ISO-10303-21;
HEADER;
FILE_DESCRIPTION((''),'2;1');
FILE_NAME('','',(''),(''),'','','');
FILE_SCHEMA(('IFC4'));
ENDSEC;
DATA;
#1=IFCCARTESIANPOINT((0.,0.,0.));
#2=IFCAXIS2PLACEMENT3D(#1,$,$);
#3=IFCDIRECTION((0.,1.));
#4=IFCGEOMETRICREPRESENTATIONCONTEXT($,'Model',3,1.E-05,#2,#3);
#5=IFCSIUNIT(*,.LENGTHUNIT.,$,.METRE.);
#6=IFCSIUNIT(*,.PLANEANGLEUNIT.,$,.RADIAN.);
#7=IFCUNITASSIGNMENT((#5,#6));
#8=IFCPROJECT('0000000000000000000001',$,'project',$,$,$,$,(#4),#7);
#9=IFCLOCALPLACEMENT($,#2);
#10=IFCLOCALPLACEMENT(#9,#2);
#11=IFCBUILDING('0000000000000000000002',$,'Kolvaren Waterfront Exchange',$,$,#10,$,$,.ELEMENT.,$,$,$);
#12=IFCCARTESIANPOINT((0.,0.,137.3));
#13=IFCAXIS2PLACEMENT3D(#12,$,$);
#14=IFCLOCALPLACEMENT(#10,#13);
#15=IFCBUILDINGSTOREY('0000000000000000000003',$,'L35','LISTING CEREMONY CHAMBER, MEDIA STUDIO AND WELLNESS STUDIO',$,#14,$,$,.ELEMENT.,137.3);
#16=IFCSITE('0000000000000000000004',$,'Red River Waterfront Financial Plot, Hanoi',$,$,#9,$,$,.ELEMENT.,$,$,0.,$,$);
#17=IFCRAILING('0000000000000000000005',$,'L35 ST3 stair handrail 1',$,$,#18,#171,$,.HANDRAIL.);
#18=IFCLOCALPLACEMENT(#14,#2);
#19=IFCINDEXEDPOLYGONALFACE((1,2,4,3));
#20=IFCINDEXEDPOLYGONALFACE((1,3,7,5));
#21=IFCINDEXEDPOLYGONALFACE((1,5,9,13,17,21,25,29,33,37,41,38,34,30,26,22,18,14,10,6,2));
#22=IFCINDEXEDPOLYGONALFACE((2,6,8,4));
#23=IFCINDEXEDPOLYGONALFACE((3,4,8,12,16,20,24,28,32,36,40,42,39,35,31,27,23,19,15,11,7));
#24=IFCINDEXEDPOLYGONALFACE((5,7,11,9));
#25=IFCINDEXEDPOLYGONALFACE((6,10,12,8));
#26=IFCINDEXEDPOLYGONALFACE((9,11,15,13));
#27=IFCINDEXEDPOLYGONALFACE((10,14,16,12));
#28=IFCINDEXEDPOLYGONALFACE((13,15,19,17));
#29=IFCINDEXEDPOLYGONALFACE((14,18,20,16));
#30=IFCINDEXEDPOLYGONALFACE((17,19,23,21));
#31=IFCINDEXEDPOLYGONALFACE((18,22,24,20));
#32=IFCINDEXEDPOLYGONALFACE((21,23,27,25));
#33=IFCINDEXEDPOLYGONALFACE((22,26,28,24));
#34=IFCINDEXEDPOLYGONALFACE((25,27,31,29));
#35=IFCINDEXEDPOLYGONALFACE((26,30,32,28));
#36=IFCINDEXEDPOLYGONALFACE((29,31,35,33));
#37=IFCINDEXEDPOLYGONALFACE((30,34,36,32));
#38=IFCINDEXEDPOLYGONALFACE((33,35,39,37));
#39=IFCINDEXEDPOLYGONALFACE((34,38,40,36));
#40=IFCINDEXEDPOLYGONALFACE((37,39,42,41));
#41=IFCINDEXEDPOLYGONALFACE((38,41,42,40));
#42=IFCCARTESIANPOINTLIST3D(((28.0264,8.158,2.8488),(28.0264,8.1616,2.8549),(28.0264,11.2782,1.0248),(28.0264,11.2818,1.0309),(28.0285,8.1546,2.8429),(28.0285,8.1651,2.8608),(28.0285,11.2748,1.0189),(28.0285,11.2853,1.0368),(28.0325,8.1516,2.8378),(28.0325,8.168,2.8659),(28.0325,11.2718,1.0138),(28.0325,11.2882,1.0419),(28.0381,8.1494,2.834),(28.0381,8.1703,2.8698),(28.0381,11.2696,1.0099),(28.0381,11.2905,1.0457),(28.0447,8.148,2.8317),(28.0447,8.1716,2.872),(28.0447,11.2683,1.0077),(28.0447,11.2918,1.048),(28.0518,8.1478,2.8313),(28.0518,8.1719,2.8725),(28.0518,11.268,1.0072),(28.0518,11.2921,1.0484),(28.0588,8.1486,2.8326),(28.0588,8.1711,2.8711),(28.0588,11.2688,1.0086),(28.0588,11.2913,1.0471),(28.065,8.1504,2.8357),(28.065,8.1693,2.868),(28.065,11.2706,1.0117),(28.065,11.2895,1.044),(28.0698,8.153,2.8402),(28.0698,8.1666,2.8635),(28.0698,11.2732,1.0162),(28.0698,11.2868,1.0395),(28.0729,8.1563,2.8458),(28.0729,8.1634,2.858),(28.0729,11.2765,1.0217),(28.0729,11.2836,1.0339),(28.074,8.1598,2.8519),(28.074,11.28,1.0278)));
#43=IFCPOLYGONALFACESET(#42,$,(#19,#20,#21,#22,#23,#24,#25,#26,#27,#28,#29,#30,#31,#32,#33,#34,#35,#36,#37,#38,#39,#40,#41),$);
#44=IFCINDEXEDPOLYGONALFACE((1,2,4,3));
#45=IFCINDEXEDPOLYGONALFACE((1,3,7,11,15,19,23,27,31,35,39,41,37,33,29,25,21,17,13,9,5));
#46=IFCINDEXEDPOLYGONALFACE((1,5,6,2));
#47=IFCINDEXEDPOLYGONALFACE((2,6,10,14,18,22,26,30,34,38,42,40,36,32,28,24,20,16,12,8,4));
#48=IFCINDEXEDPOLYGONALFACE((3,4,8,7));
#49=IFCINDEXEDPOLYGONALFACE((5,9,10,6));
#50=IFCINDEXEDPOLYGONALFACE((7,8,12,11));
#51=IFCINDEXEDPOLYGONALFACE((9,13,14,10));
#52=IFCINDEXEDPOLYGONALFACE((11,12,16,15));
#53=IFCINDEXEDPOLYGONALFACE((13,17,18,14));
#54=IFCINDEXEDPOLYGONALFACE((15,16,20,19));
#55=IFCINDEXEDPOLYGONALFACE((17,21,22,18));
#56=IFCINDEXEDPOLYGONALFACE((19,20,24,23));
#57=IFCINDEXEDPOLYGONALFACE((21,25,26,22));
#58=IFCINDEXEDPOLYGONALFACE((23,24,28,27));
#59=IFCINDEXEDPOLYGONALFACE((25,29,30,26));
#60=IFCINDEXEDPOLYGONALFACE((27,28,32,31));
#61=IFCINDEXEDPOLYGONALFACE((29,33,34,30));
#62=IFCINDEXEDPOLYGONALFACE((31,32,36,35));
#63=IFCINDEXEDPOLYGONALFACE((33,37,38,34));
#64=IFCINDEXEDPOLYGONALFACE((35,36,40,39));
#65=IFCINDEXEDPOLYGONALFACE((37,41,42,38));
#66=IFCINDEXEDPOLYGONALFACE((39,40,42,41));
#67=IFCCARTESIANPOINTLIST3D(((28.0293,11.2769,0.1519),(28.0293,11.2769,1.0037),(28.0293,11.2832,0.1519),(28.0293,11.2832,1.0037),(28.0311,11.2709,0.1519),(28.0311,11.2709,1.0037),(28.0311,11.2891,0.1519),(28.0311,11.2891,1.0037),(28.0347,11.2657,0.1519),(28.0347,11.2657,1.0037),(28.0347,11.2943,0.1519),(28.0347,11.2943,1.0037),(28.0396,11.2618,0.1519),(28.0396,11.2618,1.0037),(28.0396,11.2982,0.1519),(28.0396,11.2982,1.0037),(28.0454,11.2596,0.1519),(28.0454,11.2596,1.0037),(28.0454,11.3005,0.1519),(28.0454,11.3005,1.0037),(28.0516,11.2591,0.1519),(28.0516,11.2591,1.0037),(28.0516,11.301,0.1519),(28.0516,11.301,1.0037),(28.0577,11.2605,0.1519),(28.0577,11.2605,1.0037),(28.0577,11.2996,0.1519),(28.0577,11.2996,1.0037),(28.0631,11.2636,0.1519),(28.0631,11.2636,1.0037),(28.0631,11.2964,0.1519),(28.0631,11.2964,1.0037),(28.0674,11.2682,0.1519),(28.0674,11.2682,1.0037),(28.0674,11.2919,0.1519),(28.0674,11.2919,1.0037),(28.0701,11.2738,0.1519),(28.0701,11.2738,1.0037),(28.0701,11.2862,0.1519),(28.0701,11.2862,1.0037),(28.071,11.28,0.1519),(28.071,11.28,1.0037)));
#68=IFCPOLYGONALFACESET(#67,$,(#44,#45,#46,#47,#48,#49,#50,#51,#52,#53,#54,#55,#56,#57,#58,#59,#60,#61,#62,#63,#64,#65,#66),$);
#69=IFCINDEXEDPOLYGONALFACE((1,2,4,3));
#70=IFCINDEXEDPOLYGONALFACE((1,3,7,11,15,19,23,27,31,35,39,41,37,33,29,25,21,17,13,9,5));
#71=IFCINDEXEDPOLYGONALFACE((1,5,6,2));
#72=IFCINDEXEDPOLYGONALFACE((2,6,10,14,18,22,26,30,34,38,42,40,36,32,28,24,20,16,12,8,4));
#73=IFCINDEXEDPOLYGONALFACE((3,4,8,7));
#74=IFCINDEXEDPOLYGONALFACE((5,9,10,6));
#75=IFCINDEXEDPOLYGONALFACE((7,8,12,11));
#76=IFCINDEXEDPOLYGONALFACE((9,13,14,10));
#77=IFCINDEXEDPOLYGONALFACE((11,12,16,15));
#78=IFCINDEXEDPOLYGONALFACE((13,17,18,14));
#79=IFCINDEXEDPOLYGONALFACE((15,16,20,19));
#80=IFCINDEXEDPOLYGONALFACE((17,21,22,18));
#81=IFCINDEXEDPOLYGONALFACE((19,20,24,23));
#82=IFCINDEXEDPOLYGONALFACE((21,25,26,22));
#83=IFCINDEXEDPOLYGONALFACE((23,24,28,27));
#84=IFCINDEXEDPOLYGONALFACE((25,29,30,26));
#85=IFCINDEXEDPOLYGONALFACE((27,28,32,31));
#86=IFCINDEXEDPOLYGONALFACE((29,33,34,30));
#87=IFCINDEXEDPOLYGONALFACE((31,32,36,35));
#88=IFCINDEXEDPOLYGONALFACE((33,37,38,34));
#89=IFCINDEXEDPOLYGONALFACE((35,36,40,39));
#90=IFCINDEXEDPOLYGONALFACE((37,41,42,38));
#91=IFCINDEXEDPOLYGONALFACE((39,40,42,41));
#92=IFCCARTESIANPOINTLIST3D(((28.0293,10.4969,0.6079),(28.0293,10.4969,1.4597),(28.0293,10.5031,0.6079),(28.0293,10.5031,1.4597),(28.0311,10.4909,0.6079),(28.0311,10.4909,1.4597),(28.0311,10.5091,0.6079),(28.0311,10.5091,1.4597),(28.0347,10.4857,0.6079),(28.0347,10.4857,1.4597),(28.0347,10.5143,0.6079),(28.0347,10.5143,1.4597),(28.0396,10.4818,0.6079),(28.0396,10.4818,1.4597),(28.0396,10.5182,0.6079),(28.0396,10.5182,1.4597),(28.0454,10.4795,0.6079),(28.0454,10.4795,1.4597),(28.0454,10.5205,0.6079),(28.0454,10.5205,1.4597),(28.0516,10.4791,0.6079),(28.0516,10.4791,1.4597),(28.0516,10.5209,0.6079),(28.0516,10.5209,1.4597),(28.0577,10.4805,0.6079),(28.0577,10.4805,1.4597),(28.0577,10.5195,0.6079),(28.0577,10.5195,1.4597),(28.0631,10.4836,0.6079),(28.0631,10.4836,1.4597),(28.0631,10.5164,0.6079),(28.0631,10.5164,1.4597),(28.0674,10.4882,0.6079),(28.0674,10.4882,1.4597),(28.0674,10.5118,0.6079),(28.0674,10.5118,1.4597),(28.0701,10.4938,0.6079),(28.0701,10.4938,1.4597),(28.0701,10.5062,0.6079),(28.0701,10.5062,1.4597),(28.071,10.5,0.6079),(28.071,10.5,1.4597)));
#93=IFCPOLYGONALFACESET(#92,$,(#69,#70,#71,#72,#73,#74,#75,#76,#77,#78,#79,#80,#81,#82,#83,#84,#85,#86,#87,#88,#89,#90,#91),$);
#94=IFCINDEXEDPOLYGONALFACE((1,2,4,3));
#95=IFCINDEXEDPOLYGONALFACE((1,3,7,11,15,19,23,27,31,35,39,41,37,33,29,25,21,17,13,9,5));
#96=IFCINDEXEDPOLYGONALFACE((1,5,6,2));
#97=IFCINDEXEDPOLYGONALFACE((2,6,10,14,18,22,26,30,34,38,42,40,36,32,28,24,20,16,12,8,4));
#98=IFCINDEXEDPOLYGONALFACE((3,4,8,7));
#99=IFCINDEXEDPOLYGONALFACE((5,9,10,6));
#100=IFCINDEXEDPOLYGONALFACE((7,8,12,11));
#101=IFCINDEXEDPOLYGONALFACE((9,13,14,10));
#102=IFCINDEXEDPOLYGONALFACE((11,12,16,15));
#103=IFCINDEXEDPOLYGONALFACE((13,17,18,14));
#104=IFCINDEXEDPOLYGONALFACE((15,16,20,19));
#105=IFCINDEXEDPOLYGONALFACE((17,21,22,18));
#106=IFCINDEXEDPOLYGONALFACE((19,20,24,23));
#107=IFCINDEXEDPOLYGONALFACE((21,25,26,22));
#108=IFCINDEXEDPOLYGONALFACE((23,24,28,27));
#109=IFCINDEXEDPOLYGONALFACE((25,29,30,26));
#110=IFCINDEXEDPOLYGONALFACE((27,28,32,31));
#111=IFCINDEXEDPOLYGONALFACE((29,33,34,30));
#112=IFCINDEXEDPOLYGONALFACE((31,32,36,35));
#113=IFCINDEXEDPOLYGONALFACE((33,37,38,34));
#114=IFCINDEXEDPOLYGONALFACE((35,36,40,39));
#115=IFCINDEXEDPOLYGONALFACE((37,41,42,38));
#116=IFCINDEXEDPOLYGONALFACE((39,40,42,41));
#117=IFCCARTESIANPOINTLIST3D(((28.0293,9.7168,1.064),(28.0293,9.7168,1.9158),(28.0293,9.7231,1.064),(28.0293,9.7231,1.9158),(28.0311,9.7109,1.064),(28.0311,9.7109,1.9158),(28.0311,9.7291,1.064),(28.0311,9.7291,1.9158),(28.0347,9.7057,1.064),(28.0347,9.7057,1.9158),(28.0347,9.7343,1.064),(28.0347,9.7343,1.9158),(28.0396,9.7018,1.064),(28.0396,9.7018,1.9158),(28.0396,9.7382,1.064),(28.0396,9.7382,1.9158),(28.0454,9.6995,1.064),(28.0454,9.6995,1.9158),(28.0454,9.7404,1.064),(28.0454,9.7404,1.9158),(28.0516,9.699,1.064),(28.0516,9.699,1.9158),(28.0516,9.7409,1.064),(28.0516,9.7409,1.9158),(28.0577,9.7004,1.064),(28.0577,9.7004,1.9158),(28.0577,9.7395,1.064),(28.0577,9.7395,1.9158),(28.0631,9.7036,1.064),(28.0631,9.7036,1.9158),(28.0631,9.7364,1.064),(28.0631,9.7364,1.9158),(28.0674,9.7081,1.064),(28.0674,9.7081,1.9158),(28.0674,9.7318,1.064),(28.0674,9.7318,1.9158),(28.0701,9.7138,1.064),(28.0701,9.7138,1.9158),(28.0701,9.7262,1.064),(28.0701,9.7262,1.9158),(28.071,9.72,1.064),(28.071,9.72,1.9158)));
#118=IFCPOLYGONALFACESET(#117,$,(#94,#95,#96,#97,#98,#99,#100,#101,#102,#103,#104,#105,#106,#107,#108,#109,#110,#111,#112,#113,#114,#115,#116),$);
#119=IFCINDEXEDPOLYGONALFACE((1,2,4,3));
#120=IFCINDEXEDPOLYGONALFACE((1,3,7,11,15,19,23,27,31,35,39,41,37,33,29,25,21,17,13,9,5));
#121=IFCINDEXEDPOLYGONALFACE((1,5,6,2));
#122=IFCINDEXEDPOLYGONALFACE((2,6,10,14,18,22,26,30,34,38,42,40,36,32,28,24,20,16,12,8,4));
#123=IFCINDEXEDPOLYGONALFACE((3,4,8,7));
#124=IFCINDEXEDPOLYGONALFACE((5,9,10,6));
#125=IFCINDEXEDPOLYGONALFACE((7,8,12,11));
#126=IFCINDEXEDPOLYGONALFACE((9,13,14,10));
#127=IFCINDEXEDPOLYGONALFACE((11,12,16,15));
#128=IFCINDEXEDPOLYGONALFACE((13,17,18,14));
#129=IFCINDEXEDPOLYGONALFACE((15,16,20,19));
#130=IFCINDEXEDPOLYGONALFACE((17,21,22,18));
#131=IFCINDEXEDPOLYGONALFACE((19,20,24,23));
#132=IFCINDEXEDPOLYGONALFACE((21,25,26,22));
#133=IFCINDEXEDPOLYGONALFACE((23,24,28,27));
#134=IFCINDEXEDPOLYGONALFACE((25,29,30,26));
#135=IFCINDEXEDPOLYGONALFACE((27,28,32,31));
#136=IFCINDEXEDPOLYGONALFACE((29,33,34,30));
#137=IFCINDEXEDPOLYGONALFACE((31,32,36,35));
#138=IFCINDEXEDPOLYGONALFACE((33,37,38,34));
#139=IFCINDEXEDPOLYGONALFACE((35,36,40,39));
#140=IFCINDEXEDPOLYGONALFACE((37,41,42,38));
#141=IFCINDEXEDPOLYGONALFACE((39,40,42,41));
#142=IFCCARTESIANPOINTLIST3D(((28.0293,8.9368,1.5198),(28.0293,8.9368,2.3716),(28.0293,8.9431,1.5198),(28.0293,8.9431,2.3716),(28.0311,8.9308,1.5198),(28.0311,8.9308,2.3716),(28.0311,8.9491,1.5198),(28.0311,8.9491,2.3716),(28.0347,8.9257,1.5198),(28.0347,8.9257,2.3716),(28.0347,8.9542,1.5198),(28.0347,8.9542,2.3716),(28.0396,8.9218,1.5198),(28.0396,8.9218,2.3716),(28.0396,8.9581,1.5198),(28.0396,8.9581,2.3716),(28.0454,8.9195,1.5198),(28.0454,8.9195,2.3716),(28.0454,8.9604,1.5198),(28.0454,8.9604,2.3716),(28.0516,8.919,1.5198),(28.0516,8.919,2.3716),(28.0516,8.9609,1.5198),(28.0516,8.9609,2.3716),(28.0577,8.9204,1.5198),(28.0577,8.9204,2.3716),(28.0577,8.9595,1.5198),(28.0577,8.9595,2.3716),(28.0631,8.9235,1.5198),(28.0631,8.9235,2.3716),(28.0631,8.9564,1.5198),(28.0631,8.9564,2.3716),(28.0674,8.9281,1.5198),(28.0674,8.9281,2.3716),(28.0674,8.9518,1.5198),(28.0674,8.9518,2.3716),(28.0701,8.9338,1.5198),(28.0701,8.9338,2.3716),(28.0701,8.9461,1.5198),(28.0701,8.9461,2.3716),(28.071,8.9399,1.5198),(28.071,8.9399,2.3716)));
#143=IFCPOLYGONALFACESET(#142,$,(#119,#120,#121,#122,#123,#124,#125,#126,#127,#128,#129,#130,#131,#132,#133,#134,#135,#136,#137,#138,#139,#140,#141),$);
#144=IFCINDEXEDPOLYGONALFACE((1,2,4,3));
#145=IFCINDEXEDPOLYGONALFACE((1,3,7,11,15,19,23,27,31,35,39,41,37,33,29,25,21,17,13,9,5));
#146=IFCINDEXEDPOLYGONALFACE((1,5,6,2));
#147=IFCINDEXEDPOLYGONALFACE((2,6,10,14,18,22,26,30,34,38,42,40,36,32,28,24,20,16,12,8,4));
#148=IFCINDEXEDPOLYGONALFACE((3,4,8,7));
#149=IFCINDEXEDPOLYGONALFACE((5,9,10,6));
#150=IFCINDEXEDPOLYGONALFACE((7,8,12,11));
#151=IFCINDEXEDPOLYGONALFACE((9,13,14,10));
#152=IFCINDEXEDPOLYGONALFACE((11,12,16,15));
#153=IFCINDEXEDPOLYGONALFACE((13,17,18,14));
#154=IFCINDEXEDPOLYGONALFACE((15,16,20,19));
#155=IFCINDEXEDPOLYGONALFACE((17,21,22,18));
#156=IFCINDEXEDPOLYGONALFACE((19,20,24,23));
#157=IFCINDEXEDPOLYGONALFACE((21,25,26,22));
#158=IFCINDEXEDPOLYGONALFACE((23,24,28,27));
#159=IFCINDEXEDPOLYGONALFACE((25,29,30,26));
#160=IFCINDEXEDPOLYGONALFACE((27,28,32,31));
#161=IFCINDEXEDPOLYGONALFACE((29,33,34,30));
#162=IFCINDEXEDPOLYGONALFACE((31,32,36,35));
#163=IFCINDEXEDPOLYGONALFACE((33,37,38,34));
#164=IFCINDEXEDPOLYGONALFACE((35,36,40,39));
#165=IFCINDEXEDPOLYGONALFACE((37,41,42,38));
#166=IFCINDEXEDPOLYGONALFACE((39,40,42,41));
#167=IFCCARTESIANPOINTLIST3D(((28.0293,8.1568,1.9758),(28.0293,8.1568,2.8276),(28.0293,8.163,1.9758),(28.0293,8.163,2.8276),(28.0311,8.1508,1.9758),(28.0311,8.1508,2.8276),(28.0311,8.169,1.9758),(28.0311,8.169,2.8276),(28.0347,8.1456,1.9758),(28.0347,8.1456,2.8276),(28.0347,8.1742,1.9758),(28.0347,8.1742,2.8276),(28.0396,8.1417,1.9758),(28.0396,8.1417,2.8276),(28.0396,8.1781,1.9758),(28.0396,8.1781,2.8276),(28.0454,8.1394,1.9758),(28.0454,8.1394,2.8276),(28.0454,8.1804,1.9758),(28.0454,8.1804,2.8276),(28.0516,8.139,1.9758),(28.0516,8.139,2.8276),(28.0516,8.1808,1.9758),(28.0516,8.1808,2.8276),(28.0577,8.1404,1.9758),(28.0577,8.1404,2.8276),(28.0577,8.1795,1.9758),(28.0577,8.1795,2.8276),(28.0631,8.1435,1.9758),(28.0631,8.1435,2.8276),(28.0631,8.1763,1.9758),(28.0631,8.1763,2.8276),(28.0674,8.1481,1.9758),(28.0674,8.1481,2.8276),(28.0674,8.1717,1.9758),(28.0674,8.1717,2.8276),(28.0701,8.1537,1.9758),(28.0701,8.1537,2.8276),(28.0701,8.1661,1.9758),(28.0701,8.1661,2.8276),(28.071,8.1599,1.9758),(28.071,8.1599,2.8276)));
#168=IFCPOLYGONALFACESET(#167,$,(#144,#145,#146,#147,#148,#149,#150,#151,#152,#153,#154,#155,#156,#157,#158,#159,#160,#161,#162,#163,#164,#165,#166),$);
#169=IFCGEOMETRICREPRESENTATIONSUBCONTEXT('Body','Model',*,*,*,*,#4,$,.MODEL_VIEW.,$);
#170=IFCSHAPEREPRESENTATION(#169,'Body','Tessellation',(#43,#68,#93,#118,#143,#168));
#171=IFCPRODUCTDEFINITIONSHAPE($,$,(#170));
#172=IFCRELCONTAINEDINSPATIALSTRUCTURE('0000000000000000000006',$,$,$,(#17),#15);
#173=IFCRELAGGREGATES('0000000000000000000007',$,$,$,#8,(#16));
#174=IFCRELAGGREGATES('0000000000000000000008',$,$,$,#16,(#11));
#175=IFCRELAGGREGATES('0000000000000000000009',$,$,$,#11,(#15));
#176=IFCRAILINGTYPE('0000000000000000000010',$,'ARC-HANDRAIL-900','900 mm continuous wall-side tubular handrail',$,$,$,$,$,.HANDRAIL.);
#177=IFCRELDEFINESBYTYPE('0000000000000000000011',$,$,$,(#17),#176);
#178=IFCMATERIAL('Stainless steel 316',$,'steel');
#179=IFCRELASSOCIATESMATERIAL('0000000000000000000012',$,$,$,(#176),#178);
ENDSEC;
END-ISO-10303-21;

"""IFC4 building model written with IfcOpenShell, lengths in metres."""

from ifc_helpers import new_model, si_unit, direction, frame, origin, origin_2d, place, context, subcontext, project, spatial, circle, extrude, material, type_object, element, save


model = new_model("IFC4")

# Units and contexts
model_context = context("Model", 3, precision=1e-05, world=origin(), true_north=direction((0.0, 1.0)))
body_context = subcontext(model_context, "Body", "Model", "MODEL_VIEW")
ifc_project = project(units=[si_unit("LENGTHUNIT", "METRE"), si_unit("PLANEANGLEUNIT", "RADIAN")], contexts=[model_context])

# Site, building, storey
site_placement = place(None, origin())
site = spatial("IfcSite", under=ifc_project, at=site_placement, Name="Red River Waterfront Financial Plot, Hanoi", CompositionType="ELEMENT", RefElevation=0.0)
building_placement = place(site_placement, origin())
building = spatial("IfcBuilding", under=site, at=building_placement, Name="Kolvaren Waterfront Exchange", CompositionType="ELEMENT")
storey_placement = place(building_placement, frame((0.0, 0.0, 137.3)))
storey = spatial("IfcBuildingStorey", under=building, at=storey_placement, Name="L35", Description="LISTING CEREMONY CHAMBER, MEDIA STUDIO AND WELLNESS STUDIO", CompositionType="ELEMENT", Elevation=137.3)

# Railing
ifc_material_1 = material(Name="Stainless steel 316", Category="steel")
railing_type_1 = type_object("IfcRailingType", Name="ARC-HANDRAIL-900", Description="900 mm continuous wall-side tubular handrail", PredefinedType="HANDRAIL", material=ifc_material_1)
railing_1_placement = place(storey_placement, frame((28.05, 11.28, 0.1519)))
element("IfcRailing", 1, at=railing_1_placement, inside=storey, type_object=railing_type_1, Name="L35 ST3 stair handrail 1", PredefinedType="HANDRAIL", context=body_context, shape_type="SweptSolid", body=[
    extrude(circle(Radius=0.0239, at=origin_2d()), frame((0.0, 0.0, 0.876), z_axis=(0.0, -0.863308, 0.504677), x_axis=(1.0, 0.0, 0.0)), (0.0, 0.0, 1.0), 3.6143),
    extrude(circle(Radius=0.021, at=origin_2d()), origin(), (0.0, 0.0, 1.0), 0.8518),
    extrude(circle(Radius=0.021, at=origin_2d()), frame((0.0, -0.78, 0.4561)), (0.0, 0.0, 1.0), 0.8518),
    extrude(circle(Radius=0.021, at=origin_2d()), frame((0.0, -1.5601, 0.9121)), (0.0, 0.0, 1.0), 0.8518),
    extrude(circle(Radius=0.021, at=origin_2d()), frame((0.0, -2.3401, 1.3679)), (0.0, 0.0, 1.0), 0.8518),
    extrude(circle(Radius=0.021, at=origin_2d()), frame((0.0, -3.1201, 1.824)), (0.0, 0.0, 1.0), 0.8518),
])

save(model, "model.ifc")
